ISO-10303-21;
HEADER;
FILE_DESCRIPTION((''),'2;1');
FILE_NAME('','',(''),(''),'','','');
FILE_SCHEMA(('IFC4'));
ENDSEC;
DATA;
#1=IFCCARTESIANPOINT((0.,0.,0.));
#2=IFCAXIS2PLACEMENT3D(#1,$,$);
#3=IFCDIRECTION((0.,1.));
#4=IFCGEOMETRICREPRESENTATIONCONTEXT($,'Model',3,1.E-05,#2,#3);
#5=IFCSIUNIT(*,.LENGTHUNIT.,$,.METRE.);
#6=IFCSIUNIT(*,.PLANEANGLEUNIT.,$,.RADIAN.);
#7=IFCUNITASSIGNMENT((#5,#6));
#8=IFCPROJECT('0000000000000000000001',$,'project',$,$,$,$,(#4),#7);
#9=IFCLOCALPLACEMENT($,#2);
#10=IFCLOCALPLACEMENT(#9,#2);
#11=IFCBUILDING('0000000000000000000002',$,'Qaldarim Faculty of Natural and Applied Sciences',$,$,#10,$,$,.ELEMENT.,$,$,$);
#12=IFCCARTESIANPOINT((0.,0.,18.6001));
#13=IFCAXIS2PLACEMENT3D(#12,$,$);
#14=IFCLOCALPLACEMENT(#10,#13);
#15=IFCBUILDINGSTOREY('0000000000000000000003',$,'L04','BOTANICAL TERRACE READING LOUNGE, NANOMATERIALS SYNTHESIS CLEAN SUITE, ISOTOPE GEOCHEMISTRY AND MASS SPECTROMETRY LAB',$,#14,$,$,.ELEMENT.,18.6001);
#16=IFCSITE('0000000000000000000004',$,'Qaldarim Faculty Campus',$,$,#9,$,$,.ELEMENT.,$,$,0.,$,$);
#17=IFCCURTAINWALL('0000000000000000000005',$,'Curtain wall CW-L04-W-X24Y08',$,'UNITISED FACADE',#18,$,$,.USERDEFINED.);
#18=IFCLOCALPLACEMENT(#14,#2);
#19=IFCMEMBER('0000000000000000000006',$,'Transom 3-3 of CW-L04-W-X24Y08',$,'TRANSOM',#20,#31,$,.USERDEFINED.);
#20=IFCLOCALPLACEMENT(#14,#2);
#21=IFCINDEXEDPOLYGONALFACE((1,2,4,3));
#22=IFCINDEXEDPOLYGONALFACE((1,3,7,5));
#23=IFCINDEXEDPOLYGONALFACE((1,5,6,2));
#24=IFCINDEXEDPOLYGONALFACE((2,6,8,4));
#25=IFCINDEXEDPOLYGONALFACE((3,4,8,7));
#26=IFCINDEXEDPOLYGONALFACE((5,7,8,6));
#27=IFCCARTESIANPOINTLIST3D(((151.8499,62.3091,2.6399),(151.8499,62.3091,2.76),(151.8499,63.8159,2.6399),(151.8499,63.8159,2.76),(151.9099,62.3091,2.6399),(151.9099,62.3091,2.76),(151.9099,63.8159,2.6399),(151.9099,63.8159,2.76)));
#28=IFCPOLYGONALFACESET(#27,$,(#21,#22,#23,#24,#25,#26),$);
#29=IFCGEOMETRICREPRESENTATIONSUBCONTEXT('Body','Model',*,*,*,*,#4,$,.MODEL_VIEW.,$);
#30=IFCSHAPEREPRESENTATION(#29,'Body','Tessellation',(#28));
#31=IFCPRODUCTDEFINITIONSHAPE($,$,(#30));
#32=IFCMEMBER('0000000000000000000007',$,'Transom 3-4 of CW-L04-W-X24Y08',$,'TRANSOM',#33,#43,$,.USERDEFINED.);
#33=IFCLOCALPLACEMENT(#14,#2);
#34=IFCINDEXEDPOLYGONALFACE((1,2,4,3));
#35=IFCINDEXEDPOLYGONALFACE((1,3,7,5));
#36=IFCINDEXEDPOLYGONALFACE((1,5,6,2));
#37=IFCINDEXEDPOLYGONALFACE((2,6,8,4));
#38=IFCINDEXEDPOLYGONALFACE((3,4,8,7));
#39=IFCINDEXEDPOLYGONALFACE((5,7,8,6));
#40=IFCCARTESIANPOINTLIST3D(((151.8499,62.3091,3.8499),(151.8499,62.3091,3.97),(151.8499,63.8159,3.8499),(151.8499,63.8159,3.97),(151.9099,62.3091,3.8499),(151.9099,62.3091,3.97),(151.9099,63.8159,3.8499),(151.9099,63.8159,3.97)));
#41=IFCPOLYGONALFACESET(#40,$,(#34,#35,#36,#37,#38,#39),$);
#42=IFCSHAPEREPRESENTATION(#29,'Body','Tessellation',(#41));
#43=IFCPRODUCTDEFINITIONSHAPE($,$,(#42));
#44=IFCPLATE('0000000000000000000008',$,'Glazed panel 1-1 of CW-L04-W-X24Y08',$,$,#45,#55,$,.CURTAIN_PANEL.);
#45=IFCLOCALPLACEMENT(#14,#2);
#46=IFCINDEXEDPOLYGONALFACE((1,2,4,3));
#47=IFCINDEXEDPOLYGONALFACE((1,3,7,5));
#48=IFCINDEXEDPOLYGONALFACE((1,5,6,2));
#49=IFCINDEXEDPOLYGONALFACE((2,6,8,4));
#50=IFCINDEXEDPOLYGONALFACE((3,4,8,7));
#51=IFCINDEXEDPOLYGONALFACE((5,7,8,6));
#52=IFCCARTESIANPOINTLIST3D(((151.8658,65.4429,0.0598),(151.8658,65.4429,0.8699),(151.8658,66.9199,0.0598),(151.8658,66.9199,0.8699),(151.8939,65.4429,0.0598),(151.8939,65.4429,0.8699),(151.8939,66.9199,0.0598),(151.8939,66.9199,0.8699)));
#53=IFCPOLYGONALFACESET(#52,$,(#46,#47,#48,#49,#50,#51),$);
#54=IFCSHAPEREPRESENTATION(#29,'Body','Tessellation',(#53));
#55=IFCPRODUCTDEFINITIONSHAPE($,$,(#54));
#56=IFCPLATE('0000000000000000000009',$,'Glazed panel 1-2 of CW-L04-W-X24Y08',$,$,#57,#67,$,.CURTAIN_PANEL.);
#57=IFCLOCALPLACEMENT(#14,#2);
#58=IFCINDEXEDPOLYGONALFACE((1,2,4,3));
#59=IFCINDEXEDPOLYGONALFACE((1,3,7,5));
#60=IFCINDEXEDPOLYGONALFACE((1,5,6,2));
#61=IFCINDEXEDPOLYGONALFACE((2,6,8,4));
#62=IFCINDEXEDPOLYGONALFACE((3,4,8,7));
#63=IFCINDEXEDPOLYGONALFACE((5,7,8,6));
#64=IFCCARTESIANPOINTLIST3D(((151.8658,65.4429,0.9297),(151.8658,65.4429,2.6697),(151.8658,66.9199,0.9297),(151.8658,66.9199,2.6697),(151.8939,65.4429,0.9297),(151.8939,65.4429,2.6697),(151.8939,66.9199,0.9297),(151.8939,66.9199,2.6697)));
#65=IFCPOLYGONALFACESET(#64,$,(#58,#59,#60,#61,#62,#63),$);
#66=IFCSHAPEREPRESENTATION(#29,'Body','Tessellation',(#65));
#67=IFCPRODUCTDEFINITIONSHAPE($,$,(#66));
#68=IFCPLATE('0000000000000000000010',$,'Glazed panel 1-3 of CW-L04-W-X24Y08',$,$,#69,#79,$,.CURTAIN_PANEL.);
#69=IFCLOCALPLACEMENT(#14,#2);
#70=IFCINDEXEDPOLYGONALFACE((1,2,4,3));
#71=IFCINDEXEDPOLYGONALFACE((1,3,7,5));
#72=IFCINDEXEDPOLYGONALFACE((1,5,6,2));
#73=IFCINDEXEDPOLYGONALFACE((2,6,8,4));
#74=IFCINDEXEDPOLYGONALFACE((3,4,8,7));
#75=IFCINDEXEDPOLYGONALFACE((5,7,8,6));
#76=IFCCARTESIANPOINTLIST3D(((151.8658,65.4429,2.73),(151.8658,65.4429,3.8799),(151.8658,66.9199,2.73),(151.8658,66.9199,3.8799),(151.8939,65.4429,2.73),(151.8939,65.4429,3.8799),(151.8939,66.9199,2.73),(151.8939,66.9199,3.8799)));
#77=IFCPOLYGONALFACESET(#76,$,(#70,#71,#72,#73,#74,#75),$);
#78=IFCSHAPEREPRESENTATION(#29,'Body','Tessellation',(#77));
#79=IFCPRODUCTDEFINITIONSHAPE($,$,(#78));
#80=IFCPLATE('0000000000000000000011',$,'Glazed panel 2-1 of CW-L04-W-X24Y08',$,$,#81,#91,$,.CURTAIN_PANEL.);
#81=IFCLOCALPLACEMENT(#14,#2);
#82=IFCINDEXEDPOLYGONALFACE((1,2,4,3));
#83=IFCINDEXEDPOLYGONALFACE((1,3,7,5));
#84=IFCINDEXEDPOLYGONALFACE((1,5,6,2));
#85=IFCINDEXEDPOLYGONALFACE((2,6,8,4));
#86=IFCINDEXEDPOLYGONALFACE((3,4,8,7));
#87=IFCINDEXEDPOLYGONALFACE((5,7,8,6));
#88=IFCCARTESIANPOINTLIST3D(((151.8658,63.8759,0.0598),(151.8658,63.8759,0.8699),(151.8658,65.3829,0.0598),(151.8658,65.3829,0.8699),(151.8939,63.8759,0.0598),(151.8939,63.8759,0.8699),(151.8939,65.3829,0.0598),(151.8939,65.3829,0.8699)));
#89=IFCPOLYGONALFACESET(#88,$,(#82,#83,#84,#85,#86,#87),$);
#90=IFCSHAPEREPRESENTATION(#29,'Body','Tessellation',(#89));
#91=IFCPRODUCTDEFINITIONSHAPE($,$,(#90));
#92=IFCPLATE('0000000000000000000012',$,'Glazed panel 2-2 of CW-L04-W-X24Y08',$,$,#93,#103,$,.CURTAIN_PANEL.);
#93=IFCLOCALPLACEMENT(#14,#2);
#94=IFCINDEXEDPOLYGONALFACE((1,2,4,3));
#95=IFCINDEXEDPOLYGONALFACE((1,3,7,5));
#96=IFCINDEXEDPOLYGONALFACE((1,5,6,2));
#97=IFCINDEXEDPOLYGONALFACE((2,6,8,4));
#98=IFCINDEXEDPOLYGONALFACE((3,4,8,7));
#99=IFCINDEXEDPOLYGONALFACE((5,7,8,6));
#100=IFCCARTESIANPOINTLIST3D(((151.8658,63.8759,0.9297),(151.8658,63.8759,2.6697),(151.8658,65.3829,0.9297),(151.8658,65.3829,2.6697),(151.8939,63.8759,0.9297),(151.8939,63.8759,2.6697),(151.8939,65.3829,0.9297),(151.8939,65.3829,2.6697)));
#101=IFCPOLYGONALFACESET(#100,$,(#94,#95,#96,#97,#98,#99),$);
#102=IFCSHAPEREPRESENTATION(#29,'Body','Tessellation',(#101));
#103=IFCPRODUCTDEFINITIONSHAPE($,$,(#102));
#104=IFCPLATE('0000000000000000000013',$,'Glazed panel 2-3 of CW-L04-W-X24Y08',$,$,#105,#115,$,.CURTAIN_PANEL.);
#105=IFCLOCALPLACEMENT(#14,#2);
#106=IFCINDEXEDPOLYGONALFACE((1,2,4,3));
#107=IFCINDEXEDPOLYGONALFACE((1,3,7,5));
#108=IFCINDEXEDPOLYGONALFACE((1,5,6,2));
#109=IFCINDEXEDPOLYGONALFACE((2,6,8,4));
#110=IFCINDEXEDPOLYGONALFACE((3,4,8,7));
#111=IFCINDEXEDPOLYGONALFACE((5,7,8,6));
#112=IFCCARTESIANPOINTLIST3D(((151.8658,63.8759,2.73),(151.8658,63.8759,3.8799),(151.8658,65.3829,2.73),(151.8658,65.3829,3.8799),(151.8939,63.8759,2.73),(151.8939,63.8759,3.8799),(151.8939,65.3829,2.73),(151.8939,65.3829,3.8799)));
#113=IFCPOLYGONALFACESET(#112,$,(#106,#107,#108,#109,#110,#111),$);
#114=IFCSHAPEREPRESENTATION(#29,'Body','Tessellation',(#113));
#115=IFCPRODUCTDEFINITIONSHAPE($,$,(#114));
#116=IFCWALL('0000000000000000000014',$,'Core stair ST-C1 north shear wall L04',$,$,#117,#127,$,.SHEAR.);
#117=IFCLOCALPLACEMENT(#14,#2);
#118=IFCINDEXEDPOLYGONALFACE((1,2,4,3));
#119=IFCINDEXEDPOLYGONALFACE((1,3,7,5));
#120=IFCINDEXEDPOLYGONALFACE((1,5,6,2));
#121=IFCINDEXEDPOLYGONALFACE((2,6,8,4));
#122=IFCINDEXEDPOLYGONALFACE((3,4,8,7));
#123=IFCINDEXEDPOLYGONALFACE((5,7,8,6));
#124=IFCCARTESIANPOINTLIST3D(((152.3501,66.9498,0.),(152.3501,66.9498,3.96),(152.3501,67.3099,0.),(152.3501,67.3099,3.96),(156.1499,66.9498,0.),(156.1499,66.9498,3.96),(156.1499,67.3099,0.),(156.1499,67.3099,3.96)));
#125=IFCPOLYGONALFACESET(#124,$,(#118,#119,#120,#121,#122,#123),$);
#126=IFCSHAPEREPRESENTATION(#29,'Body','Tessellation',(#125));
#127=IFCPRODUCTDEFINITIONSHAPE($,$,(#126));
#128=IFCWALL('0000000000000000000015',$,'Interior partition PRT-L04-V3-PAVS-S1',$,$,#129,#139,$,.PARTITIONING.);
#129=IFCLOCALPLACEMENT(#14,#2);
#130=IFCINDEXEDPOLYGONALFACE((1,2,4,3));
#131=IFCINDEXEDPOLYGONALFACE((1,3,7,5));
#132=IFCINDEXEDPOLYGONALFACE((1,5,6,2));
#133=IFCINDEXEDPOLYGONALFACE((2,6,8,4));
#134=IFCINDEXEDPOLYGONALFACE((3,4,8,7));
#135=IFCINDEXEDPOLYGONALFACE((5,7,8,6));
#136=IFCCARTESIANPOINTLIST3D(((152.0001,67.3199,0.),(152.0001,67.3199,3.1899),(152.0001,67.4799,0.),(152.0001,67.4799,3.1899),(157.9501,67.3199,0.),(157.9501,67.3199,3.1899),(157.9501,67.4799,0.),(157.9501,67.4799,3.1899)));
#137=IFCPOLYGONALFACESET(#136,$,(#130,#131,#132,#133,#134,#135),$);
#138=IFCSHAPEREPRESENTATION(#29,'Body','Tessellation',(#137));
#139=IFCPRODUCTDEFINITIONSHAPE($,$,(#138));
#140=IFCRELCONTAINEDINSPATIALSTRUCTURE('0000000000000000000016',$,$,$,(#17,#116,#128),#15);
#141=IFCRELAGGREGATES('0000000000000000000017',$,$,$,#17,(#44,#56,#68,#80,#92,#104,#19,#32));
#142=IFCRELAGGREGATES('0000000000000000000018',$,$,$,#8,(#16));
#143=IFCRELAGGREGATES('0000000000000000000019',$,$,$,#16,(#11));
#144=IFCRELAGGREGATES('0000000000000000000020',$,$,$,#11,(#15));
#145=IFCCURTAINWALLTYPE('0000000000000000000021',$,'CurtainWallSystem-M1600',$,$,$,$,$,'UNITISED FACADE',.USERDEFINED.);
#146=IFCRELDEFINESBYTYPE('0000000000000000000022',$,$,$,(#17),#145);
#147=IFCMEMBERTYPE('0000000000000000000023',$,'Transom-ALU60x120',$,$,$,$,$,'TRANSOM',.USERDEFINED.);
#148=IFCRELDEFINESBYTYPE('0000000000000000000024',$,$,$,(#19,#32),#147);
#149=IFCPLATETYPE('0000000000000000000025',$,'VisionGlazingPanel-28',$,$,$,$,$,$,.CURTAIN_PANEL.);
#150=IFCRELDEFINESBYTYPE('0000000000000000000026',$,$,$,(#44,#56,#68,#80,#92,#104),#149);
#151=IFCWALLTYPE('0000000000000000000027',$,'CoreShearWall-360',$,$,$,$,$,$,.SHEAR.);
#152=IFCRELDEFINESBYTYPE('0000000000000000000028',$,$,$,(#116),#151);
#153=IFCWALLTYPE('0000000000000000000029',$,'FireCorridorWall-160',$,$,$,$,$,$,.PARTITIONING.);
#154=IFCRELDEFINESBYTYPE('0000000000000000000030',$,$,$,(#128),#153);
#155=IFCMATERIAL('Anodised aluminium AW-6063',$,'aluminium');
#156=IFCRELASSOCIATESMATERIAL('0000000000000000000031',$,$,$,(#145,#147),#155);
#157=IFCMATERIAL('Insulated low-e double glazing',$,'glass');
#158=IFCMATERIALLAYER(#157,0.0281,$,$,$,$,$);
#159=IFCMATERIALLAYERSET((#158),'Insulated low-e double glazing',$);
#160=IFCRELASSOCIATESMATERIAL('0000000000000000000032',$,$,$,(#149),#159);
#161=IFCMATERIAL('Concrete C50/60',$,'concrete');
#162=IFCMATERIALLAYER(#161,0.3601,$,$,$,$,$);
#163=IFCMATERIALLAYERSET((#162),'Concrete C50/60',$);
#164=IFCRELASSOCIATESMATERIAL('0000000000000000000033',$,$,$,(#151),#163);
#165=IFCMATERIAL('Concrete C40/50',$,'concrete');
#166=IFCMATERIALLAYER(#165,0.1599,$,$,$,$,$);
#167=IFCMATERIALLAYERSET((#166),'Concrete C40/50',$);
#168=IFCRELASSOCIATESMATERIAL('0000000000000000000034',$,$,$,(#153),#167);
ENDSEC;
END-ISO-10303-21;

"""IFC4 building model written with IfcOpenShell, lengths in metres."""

from ifc_helpers import new_model, si_unit, direction, frame, frame_2d, origin, origin_2d, place, context, subcontext, project, spatial, rectangle, extrude, material, layer, layer_set, material_profile, profile_set, type_object, element, aggregate, save


model = new_model("IFC4")

# Units and contexts
model_context = context("Model", 3, precision=1e-05, world=origin(), true_north=direction((0.0, 1.0)))
body_context = subcontext(model_context, "Body", "Model", "MODEL_VIEW")
ifc_project = project(units=[si_unit("LENGTHUNIT", "METRE"), si_unit("PLANEANGLEUNIT", "RADIAN")], contexts=[model_context])

# Site, building, storey
site_placement = place(None, origin())
site = spatial("IfcSite", under=ifc_project, at=site_placement, Name="Qaldarim Faculty Campus", CompositionType="ELEMENT", RefElevation=0.0)
building_placement = place(site_placement, origin())
building = spatial("IfcBuilding", under=site, at=building_placement, Name="Qaldarim Faculty of Natural and Applied Sciences", CompositionType="ELEMENT")
storey_placement = place(building_placement, frame((0.0, 0.0, 18.6001)))
storey = spatial("IfcBuildingStorey", under=building, at=storey_placement, Name="L04", Description="BOTANICAL TERRACE READING LOUNGE, NANOMATERIALS SYNTHESIS CLEAN SUITE, ISOTOPE GEOCHEMISTRY AND MASS SPECTROMETRY LAB", CompositionType="ELEMENT", Elevation=18.6001)

# Shared definitions
ifc_material_1 = material(Name="Concrete C40/50", Category="concrete")

# Curtain wall
ifc_material_2 = material(Name="Anodised aluminium AW-6063", Category="aluminium")
curtain_wall_type = type_object("IfcCurtainWallType", Name="CurtainWallSystem-M1600", ElementType="UNITISED FACADE", PredefinedType="USERDEFINED", material=ifc_material_2)
curtain_wall_placement = place(storey_placement, origin())
curtain_wall = element("IfcCurtainWall", 1, at=curtain_wall_placement, inside=storey, type_object=curtain_wall_type, Name="Curtain wall CW-L04-W-X24Y08", ObjectType="UNITISED FACADE", PredefinedType="USERDEFINED")

# Shared definitions
ifc_material_3 = material(Name="Concrete C50/60", Category="concrete")

# Members
ifc_material_profile_1 = material_profile(ifc_material_2, rectangle(XDim=0.0601, YDim=0.1201, at=origin_2d()), Name="ALU-T60x120")
ifc_profile_set_1 = profile_set([ifc_material_profile_1], Name="Anodised aluminium AW-6063")
member_type_1 = type_object("IfcMemberType", Name="Transom-ALU60x120", ElementType="TRANSOM", PredefinedType="USERDEFINED", material=ifc_profile_set_1)
member_1_placement = place(storey_placement, frame((151.8799, 63.8159, 2.7), z_axis=(0.0, -1.0, 0.0), x_axis=(1.0, 0.0, 0.0)))
member_1 = element("IfcMember", 2, at=member_1_placement, type_object=member_type_1, Name="Transom 3-3 of CW-L04-W-X24Y08", ObjectType="TRANSOM", PredefinedType="USERDEFINED", context=body_context, shape_type="SweptSolid", body=[
    extrude(rectangle(XDim=0.0601, YDim=0.1201, at=origin_2d()), origin(), (0.0, 0.0, 1.0), 1.5068),
])
member_2_placement = place(storey_placement, frame((151.8799, 63.8159, 3.9099), z_axis=(0.0, -1.0, 0.0), x_axis=(1.0, 0.0, 0.0)))
member_2 = element("IfcMember", 3, at=member_2_placement, type_object=member_type_1, Name="Transom 3-4 of CW-L04-W-X24Y08", ObjectType="TRANSOM", PredefinedType="USERDEFINED", context=body_context, shape_type="SweptSolid", body=[
    extrude(rectangle(XDim=0.0601, YDim=0.1201, at=origin_2d()), origin(), (0.0, 0.0, 1.0), 1.5068),
])

# Plates
ifc_material_4 = material(Name="Insulated low-e double glazing", Category="glass")
ifc_layer_1 = layer(ifc_material_4, 0.0281)
ifc_layer_set_1 = layer_set([ifc_layer_1], Name="Insulated low-e double glazing")
plate_type = type_object("IfcPlateType", Name="VisionGlazingPanel-28", PredefinedType="CURTAIN_PANEL", material=ifc_layer_set_1)
plate_1_placement = place(storey_placement, frame((151.8799, 66.1814, 0.0598), z_axis=(0.0, 0.0, 1.0), x_axis=(0.0, -1.0, 0.0)))
plate_1 = element("IfcPlate", 4, at=plate_1_placement, type_object=plate_type, Name="Glazed panel 1-1 of CW-L04-W-X24Y08", PredefinedType="CURTAIN_PANEL", context=body_context, shape_type="SweptSolid", body=[
    extrude(rectangle(XDim=1.4771, YDim=0.0281, at=origin_2d()), origin(), (0.0, 0.0, 1.0), 0.8101),
])
plate_2_placement = place(storey_placement, frame((151.8799, 66.1814, 0.9297), z_axis=(0.0, 0.0, 1.0), x_axis=(0.0, -1.0, 0.0)))
plate_2 = element("IfcPlate", 5, at=plate_2_placement, type_object=plate_type, Name="Glazed panel 1-2 of CW-L04-W-X24Y08", PredefinedType="CURTAIN_PANEL", context=body_context, shape_type="SweptSolid", body=[
    extrude(rectangle(XDim=1.4771, YDim=0.0281, at=origin_2d()), origin(), (0.0, 0.0, 1.0), 1.74),
])
plate_3_placement = place(storey_placement, frame((151.8799, 66.1814, 2.73), z_axis=(0.0, 0.0, 1.0), x_axis=(0.0, -1.0, 0.0)))
plate_3 = element("IfcPlate", 6, at=plate_3_placement, type_object=plate_type, Name="Glazed panel 1-3 of CW-L04-W-X24Y08", PredefinedType="CURTAIN_PANEL", context=body_context, shape_type="SweptSolid", body=[
    extrude(rectangle(XDim=1.4771, YDim=0.0281, at=origin_2d()), origin(), (0.0, 0.0, 1.0), 1.1499),
])
plate_4_placement = place(storey_placement, frame((151.8799, 64.6294, 0.0598), z_axis=(0.0, 0.0, 1.0), x_axis=(0.0, -1.0, 0.0)))
plate_4 = element("IfcPlate", 7, at=plate_4_placement, type_object=plate_type, Name="Glazed panel 2-1 of CW-L04-W-X24Y08", PredefinedType="CURTAIN_PANEL", context=body_context, shape_type="SweptSolid", body=[
    extrude(rectangle(XDim=1.5071, YDim=0.0281, at=origin_2d()), origin(), (0.0, 0.0, 1.0), 0.8101),
])
plate_5_placement = place(storey_placement, frame((151.8799, 64.6294, 0.9297), z_axis=(0.0, 0.0, 1.0), x_axis=(0.0, -1.0, 0.0)))
plate_5 = element("IfcPlate", 8, at=plate_5_placement, type_object=plate_type, Name="Glazed panel 2-2 of CW-L04-W-X24Y08", PredefinedType="CURTAIN_PANEL", context=body_context, shape_type="SweptSolid", body=[
    extrude(rectangle(XDim=1.5071, YDim=0.0281, at=origin_2d()), origin(), (0.0, 0.0, 1.0), 1.74),
])
plate_6_placement = place(storey_placement, frame((151.8799, 64.6294, 2.73), z_axis=(0.0, 0.0, 1.0), x_axis=(0.0, -1.0, 0.0)))
plate_6 = element("IfcPlate", 9, at=plate_6_placement, type_object=plate_type, Name="Glazed panel 2-3 of CW-L04-W-X24Y08", PredefinedType="CURTAIN_PANEL", context=body_context, shape_type="SweptSolid", body=[
    extrude(rectangle(XDim=1.5071, YDim=0.0281, at=origin_2d()), origin(), (0.0, 0.0, 1.0), 1.1499),
])
aggregate(curtain_wall, [plate_1, plate_2, plate_3, plate_4, plate_5, plate_6, member_1, member_2])

# Walls
ifc_layer_2 = layer(ifc_material_3, 0.3601)
ifc_layer_set_2 = layer_set([ifc_layer_2], Name="Concrete C50/60")
wall_type_1 = type_object("IfcWallType", Name="CoreShearWall-360", PredefinedType="SHEAR", material=ifc_layer_set_2)
wall_1_placement = place(storey_placement, frame((152.3501, 67.1299, 0.0), z_axis=(0.0, 0.0, 1.0), x_axis=(1.0, 0.0, 0.0)))
element("IfcWall", 10, at=wall_1_placement, inside=storey, type_object=wall_type_1, Name="Core stair ST-C1 north shear wall L04", PredefinedType="SHEAR", context=body_context, shape_type="SweptSolid", body=[
    extrude(rectangle(XDim=3.7998, YDim=0.3601, at=frame_2d((1.8999, 0.0))), origin(), (0.0, 0.0, 1.0), 3.96),
])
ifc_layer_3 = layer(ifc_material_1, 0.1599)
ifc_layer_set_3 = layer_set([ifc_layer_3], Name="Concrete C40/50")
wall_type_2 = type_object("IfcWallType", Name="FireCorridorWall-160", PredefinedType="PARTITIONING", material=ifc_layer_set_3)
wall_2_placement = place(storey_placement, frame((152.0, 67.3999, 0.0), z_axis=(0.0, 0.0, 1.0), x_axis=(1.0, 0.0, 0.0)))
element("IfcWall", 11, at=wall_2_placement, inside=storey, type_object=wall_type_2, Name="Interior partition PRT-L04-V3-PAVS-S1", PredefinedType="PARTITIONING", context=body_context, shape_type="SweptSolid", body=[
    extrude(rectangle(XDim=5.95, YDim=0.1599, at=frame_2d((2.9751, 0.0))), origin(), (0.0, 0.0, 1.0), 3.1899),
])

save(model, "model.ifc")
